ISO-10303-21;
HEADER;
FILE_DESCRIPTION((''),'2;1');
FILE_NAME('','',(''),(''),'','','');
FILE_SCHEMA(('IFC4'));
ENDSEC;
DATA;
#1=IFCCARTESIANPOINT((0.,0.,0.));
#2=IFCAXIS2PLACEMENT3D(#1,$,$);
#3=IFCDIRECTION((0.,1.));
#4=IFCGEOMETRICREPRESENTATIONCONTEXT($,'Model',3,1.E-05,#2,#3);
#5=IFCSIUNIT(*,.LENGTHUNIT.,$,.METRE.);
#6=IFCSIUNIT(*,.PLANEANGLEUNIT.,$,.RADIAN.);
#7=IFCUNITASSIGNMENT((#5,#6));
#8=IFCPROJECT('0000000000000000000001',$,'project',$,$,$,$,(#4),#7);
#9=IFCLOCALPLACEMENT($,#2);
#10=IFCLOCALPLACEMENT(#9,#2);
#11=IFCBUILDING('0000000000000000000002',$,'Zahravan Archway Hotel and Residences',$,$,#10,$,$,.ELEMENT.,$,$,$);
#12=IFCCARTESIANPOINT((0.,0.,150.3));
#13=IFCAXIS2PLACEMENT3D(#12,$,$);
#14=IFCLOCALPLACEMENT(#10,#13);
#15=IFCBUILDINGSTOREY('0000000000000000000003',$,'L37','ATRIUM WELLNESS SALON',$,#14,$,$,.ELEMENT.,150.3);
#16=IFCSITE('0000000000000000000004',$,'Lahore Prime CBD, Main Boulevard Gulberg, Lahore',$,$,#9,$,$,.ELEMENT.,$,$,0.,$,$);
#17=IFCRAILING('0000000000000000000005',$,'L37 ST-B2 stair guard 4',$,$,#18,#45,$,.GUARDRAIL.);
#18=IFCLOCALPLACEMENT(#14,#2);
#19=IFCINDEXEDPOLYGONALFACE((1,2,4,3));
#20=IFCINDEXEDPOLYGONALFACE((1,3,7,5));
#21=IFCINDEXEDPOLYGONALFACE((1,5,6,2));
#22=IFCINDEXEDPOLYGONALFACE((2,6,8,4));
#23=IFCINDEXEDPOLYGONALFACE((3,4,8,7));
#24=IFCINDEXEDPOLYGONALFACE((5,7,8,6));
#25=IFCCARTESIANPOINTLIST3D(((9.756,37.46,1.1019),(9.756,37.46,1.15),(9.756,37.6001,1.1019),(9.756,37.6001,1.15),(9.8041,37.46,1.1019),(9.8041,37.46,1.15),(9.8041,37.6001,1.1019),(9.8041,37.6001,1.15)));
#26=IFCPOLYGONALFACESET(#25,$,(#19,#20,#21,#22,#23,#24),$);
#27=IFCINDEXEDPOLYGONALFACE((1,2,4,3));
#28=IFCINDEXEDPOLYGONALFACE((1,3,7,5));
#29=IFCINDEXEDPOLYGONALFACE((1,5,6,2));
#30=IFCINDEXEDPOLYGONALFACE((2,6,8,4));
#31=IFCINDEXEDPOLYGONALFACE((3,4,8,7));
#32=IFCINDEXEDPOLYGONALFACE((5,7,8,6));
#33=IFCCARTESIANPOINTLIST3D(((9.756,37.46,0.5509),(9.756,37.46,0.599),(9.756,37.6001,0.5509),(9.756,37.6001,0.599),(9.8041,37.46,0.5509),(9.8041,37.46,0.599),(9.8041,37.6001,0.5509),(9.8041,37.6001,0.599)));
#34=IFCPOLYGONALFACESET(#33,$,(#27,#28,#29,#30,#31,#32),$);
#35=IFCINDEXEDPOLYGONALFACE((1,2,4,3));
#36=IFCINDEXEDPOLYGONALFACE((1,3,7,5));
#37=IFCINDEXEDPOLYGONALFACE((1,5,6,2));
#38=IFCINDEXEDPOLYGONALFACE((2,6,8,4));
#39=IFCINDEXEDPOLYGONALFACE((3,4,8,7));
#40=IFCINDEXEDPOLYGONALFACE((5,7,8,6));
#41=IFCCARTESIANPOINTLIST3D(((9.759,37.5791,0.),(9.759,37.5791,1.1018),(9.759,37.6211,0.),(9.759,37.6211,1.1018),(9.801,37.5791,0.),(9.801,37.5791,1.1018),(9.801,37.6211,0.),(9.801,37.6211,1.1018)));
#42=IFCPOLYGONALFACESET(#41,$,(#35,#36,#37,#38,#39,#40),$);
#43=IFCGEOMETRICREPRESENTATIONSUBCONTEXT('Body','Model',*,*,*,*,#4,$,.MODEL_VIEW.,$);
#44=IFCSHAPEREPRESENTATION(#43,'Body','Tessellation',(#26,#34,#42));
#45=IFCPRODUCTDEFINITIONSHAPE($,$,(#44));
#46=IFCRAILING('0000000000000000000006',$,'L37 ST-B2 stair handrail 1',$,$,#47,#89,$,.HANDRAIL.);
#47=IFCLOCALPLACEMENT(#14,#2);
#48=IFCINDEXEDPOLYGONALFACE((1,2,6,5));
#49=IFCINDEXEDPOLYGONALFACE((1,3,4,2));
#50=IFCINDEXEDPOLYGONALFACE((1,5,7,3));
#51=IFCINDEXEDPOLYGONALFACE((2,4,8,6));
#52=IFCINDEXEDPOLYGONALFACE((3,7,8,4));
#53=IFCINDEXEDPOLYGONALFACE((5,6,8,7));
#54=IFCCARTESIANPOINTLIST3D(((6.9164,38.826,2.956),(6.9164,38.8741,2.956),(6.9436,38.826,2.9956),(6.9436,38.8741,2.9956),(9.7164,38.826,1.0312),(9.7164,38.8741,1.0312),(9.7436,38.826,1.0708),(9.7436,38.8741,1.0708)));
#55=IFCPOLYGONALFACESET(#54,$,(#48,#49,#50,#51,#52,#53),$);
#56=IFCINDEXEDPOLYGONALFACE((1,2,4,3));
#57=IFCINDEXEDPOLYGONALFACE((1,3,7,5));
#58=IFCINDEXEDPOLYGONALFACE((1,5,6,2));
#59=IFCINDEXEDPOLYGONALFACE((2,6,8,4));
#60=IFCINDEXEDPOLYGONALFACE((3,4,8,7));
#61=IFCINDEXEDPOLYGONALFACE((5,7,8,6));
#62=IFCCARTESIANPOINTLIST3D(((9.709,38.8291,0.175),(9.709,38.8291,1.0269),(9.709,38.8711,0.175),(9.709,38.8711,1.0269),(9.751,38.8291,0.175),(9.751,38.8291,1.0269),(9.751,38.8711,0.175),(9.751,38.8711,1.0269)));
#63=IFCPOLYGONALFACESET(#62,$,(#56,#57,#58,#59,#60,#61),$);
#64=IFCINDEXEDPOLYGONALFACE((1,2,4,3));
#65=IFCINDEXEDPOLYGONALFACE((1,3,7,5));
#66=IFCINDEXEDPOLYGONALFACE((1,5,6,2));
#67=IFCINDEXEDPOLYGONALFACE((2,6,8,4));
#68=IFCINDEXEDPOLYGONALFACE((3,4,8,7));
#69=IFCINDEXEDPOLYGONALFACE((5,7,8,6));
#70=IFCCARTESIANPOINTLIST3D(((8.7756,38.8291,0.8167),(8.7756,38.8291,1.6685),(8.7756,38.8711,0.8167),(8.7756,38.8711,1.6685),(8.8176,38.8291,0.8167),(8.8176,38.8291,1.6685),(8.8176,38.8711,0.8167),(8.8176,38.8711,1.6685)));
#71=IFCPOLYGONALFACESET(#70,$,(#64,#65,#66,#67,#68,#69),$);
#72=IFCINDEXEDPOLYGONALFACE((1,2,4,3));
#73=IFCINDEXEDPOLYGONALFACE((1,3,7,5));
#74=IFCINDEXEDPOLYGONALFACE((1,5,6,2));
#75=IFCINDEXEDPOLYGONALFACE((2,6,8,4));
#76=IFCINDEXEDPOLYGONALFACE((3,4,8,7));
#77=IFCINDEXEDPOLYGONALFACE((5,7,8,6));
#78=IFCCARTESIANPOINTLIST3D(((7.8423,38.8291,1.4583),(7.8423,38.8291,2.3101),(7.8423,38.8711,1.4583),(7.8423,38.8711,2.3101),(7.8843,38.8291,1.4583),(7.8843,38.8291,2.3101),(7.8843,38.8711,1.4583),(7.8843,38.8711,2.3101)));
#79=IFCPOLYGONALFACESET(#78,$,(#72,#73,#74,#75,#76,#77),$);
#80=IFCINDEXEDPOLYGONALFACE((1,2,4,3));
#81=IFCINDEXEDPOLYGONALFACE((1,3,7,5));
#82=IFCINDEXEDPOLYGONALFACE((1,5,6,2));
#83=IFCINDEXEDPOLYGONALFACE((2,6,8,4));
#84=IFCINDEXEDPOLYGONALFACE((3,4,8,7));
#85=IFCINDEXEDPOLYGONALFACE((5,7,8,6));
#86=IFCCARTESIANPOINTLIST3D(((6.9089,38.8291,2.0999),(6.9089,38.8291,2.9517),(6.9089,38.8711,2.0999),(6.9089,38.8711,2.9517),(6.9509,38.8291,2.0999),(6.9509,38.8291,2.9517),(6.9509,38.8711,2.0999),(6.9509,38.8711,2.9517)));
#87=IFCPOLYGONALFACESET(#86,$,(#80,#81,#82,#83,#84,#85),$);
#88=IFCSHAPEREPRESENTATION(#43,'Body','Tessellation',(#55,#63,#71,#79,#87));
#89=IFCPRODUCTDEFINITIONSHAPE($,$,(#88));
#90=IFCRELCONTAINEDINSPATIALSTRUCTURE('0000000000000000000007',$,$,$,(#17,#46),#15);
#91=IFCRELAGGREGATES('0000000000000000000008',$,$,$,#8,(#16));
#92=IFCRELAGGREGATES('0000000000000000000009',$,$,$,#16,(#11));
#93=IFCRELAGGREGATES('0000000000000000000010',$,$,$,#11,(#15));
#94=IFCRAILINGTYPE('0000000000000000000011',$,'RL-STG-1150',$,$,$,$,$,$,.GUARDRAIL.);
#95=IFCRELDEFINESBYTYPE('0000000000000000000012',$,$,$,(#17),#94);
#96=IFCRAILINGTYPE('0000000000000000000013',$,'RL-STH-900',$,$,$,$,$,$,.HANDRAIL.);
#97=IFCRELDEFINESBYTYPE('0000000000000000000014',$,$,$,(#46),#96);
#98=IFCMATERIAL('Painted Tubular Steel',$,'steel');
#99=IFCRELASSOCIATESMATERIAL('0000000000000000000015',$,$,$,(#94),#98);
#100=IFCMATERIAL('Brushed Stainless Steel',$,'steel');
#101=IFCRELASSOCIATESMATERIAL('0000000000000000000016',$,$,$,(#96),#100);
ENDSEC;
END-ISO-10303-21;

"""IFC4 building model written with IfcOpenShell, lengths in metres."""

from ifc_helpers import new_model, si_unit, direction, frame, origin, origin_2d, place, context, subcontext, project, spatial, rectangle, extrude, material, type_object, element, save


model = new_model("IFC4")

# Units and contexts
model_context = context("Model", 3, precision=1e-05, world=origin(), true_north=direction((0.0, 1.0)))
body_context = subcontext(model_context, "Body", "Model", "MODEL_VIEW")
ifc_project = project(units=[si_unit("LENGTHUNIT", "METRE"), si_unit("PLANEANGLEUNIT", "RADIAN")], contexts=[model_context])

# Site, building, storey
site_placement = place(None, origin())
site = spatial("IfcSite", under=ifc_project, at=site_placement, Name="Lahore Prime CBD, Main Boulevard Gulberg, Lahore", CompositionType="ELEMENT", RefElevation=0.0)
building_placement = place(site_placement, origin())
building = spatial("IfcBuilding", under=site, at=building_placement, Name="Zahravan Archway Hotel and Residences", CompositionType="ELEMENT")
storey_placement = place(building_placement, frame((0.0, 0.0, 150.3)))
storey = spatial("IfcBuildingStorey", under=building, at=storey_placement, Name="L37", Description="ATRIUM WELLNESS SALON", CompositionType="ELEMENT", Elevation=150.3)

# Railings
ifc_material_1 = material(Name="Painted Tubular Steel", Category="steel")
railing_type_1 = type_object("IfcRailingType", Name="RL-STG-1150", PredefinedType="GUARDRAIL", material=ifc_material_1)
railing_1_placement = place(storey_placement, frame((9.78, 37.6001, 0.0)))
element("IfcRailing", 1, at=railing_1_placement, inside=storey, type_object=railing_type_1, Name="L37 ST-B2 stair guard 4", PredefinedType="GUARDRAIL", context=body_context, shape_type="SweptSolid", body=[
    extrude(rectangle(XDim=0.0481, YDim=0.0481, at=origin_2d()), frame((0.0, 0.0, 1.126), z_axis=(0.0, -1.0, 0.0), x_axis=(1.0, 0.0, 0.0)), (0.0, 0.0, 1.0), 0.1401),
    extrude(rectangle(XDim=0.0481, YDim=0.0481, at=origin_2d()), frame((0.0, 0.0, 0.575), z_axis=(0.0, -1.0, 0.0), x_axis=(1.0, 0.0, 0.0)), (0.0, 0.0, 1.0), 0.1401),
    extrude(rectangle(XDim=0.042, YDim=0.042, at=origin_2d()), origin(), (0.0, 0.0, 1.0), 1.1018),
])
ifc_material_2 = material(Name="Brushed Stainless Steel", Category="steel")
railing_type_2 = type_object("IfcRailingType", Name="RL-STH-900", PredefinedType="HANDRAIL", material=ifc_material_2)
railing_2_placement = place(storey_placement, frame((9.73, 38.8501, 0.175)))
element("IfcRailing", 2, at=railing_2_placement, inside=storey, type_object=railing_type_2, Name="L37 ST-B2 stair handrail 1", PredefinedType="HANDRAIL", context=body_context, shape_type="SweptSolid", body=[
    extrude(rectangle(XDim=0.0481, YDim=0.0481, at=origin_2d()), frame((0.0, 0.0, 0.876), z_axis=(-0.824073, 0.0, 0.566483), x_axis=(0.0, -1.0, 0.0)), (0.0, 0.0, 1.0), 3.3977),
    extrude(rectangle(XDim=0.042, YDim=0.042, at=origin_2d()), origin(), (0.0, 0.0, 1.0), 0.8518),
    extrude(rectangle(XDim=0.042, YDim=0.042, at=origin_2d()), frame((-0.9333, 0.0, 0.6416)), (0.0, 0.0, 1.0), 0.8518),
    extrude(rectangle(XDim=0.042, YDim=0.042, at=origin_2d()), frame((-1.8667, 0.0, 1.2832)), (0.0, 0.0, 1.0), 0.8518),
    extrude(rectangle(XDim=0.042, YDim=0.042, at=origin_2d()), frame((-2.8, 0.0, 1.9248)), (0.0, 0.0, 1.0), 0.8518),
])

save(model, "model.ifc")
